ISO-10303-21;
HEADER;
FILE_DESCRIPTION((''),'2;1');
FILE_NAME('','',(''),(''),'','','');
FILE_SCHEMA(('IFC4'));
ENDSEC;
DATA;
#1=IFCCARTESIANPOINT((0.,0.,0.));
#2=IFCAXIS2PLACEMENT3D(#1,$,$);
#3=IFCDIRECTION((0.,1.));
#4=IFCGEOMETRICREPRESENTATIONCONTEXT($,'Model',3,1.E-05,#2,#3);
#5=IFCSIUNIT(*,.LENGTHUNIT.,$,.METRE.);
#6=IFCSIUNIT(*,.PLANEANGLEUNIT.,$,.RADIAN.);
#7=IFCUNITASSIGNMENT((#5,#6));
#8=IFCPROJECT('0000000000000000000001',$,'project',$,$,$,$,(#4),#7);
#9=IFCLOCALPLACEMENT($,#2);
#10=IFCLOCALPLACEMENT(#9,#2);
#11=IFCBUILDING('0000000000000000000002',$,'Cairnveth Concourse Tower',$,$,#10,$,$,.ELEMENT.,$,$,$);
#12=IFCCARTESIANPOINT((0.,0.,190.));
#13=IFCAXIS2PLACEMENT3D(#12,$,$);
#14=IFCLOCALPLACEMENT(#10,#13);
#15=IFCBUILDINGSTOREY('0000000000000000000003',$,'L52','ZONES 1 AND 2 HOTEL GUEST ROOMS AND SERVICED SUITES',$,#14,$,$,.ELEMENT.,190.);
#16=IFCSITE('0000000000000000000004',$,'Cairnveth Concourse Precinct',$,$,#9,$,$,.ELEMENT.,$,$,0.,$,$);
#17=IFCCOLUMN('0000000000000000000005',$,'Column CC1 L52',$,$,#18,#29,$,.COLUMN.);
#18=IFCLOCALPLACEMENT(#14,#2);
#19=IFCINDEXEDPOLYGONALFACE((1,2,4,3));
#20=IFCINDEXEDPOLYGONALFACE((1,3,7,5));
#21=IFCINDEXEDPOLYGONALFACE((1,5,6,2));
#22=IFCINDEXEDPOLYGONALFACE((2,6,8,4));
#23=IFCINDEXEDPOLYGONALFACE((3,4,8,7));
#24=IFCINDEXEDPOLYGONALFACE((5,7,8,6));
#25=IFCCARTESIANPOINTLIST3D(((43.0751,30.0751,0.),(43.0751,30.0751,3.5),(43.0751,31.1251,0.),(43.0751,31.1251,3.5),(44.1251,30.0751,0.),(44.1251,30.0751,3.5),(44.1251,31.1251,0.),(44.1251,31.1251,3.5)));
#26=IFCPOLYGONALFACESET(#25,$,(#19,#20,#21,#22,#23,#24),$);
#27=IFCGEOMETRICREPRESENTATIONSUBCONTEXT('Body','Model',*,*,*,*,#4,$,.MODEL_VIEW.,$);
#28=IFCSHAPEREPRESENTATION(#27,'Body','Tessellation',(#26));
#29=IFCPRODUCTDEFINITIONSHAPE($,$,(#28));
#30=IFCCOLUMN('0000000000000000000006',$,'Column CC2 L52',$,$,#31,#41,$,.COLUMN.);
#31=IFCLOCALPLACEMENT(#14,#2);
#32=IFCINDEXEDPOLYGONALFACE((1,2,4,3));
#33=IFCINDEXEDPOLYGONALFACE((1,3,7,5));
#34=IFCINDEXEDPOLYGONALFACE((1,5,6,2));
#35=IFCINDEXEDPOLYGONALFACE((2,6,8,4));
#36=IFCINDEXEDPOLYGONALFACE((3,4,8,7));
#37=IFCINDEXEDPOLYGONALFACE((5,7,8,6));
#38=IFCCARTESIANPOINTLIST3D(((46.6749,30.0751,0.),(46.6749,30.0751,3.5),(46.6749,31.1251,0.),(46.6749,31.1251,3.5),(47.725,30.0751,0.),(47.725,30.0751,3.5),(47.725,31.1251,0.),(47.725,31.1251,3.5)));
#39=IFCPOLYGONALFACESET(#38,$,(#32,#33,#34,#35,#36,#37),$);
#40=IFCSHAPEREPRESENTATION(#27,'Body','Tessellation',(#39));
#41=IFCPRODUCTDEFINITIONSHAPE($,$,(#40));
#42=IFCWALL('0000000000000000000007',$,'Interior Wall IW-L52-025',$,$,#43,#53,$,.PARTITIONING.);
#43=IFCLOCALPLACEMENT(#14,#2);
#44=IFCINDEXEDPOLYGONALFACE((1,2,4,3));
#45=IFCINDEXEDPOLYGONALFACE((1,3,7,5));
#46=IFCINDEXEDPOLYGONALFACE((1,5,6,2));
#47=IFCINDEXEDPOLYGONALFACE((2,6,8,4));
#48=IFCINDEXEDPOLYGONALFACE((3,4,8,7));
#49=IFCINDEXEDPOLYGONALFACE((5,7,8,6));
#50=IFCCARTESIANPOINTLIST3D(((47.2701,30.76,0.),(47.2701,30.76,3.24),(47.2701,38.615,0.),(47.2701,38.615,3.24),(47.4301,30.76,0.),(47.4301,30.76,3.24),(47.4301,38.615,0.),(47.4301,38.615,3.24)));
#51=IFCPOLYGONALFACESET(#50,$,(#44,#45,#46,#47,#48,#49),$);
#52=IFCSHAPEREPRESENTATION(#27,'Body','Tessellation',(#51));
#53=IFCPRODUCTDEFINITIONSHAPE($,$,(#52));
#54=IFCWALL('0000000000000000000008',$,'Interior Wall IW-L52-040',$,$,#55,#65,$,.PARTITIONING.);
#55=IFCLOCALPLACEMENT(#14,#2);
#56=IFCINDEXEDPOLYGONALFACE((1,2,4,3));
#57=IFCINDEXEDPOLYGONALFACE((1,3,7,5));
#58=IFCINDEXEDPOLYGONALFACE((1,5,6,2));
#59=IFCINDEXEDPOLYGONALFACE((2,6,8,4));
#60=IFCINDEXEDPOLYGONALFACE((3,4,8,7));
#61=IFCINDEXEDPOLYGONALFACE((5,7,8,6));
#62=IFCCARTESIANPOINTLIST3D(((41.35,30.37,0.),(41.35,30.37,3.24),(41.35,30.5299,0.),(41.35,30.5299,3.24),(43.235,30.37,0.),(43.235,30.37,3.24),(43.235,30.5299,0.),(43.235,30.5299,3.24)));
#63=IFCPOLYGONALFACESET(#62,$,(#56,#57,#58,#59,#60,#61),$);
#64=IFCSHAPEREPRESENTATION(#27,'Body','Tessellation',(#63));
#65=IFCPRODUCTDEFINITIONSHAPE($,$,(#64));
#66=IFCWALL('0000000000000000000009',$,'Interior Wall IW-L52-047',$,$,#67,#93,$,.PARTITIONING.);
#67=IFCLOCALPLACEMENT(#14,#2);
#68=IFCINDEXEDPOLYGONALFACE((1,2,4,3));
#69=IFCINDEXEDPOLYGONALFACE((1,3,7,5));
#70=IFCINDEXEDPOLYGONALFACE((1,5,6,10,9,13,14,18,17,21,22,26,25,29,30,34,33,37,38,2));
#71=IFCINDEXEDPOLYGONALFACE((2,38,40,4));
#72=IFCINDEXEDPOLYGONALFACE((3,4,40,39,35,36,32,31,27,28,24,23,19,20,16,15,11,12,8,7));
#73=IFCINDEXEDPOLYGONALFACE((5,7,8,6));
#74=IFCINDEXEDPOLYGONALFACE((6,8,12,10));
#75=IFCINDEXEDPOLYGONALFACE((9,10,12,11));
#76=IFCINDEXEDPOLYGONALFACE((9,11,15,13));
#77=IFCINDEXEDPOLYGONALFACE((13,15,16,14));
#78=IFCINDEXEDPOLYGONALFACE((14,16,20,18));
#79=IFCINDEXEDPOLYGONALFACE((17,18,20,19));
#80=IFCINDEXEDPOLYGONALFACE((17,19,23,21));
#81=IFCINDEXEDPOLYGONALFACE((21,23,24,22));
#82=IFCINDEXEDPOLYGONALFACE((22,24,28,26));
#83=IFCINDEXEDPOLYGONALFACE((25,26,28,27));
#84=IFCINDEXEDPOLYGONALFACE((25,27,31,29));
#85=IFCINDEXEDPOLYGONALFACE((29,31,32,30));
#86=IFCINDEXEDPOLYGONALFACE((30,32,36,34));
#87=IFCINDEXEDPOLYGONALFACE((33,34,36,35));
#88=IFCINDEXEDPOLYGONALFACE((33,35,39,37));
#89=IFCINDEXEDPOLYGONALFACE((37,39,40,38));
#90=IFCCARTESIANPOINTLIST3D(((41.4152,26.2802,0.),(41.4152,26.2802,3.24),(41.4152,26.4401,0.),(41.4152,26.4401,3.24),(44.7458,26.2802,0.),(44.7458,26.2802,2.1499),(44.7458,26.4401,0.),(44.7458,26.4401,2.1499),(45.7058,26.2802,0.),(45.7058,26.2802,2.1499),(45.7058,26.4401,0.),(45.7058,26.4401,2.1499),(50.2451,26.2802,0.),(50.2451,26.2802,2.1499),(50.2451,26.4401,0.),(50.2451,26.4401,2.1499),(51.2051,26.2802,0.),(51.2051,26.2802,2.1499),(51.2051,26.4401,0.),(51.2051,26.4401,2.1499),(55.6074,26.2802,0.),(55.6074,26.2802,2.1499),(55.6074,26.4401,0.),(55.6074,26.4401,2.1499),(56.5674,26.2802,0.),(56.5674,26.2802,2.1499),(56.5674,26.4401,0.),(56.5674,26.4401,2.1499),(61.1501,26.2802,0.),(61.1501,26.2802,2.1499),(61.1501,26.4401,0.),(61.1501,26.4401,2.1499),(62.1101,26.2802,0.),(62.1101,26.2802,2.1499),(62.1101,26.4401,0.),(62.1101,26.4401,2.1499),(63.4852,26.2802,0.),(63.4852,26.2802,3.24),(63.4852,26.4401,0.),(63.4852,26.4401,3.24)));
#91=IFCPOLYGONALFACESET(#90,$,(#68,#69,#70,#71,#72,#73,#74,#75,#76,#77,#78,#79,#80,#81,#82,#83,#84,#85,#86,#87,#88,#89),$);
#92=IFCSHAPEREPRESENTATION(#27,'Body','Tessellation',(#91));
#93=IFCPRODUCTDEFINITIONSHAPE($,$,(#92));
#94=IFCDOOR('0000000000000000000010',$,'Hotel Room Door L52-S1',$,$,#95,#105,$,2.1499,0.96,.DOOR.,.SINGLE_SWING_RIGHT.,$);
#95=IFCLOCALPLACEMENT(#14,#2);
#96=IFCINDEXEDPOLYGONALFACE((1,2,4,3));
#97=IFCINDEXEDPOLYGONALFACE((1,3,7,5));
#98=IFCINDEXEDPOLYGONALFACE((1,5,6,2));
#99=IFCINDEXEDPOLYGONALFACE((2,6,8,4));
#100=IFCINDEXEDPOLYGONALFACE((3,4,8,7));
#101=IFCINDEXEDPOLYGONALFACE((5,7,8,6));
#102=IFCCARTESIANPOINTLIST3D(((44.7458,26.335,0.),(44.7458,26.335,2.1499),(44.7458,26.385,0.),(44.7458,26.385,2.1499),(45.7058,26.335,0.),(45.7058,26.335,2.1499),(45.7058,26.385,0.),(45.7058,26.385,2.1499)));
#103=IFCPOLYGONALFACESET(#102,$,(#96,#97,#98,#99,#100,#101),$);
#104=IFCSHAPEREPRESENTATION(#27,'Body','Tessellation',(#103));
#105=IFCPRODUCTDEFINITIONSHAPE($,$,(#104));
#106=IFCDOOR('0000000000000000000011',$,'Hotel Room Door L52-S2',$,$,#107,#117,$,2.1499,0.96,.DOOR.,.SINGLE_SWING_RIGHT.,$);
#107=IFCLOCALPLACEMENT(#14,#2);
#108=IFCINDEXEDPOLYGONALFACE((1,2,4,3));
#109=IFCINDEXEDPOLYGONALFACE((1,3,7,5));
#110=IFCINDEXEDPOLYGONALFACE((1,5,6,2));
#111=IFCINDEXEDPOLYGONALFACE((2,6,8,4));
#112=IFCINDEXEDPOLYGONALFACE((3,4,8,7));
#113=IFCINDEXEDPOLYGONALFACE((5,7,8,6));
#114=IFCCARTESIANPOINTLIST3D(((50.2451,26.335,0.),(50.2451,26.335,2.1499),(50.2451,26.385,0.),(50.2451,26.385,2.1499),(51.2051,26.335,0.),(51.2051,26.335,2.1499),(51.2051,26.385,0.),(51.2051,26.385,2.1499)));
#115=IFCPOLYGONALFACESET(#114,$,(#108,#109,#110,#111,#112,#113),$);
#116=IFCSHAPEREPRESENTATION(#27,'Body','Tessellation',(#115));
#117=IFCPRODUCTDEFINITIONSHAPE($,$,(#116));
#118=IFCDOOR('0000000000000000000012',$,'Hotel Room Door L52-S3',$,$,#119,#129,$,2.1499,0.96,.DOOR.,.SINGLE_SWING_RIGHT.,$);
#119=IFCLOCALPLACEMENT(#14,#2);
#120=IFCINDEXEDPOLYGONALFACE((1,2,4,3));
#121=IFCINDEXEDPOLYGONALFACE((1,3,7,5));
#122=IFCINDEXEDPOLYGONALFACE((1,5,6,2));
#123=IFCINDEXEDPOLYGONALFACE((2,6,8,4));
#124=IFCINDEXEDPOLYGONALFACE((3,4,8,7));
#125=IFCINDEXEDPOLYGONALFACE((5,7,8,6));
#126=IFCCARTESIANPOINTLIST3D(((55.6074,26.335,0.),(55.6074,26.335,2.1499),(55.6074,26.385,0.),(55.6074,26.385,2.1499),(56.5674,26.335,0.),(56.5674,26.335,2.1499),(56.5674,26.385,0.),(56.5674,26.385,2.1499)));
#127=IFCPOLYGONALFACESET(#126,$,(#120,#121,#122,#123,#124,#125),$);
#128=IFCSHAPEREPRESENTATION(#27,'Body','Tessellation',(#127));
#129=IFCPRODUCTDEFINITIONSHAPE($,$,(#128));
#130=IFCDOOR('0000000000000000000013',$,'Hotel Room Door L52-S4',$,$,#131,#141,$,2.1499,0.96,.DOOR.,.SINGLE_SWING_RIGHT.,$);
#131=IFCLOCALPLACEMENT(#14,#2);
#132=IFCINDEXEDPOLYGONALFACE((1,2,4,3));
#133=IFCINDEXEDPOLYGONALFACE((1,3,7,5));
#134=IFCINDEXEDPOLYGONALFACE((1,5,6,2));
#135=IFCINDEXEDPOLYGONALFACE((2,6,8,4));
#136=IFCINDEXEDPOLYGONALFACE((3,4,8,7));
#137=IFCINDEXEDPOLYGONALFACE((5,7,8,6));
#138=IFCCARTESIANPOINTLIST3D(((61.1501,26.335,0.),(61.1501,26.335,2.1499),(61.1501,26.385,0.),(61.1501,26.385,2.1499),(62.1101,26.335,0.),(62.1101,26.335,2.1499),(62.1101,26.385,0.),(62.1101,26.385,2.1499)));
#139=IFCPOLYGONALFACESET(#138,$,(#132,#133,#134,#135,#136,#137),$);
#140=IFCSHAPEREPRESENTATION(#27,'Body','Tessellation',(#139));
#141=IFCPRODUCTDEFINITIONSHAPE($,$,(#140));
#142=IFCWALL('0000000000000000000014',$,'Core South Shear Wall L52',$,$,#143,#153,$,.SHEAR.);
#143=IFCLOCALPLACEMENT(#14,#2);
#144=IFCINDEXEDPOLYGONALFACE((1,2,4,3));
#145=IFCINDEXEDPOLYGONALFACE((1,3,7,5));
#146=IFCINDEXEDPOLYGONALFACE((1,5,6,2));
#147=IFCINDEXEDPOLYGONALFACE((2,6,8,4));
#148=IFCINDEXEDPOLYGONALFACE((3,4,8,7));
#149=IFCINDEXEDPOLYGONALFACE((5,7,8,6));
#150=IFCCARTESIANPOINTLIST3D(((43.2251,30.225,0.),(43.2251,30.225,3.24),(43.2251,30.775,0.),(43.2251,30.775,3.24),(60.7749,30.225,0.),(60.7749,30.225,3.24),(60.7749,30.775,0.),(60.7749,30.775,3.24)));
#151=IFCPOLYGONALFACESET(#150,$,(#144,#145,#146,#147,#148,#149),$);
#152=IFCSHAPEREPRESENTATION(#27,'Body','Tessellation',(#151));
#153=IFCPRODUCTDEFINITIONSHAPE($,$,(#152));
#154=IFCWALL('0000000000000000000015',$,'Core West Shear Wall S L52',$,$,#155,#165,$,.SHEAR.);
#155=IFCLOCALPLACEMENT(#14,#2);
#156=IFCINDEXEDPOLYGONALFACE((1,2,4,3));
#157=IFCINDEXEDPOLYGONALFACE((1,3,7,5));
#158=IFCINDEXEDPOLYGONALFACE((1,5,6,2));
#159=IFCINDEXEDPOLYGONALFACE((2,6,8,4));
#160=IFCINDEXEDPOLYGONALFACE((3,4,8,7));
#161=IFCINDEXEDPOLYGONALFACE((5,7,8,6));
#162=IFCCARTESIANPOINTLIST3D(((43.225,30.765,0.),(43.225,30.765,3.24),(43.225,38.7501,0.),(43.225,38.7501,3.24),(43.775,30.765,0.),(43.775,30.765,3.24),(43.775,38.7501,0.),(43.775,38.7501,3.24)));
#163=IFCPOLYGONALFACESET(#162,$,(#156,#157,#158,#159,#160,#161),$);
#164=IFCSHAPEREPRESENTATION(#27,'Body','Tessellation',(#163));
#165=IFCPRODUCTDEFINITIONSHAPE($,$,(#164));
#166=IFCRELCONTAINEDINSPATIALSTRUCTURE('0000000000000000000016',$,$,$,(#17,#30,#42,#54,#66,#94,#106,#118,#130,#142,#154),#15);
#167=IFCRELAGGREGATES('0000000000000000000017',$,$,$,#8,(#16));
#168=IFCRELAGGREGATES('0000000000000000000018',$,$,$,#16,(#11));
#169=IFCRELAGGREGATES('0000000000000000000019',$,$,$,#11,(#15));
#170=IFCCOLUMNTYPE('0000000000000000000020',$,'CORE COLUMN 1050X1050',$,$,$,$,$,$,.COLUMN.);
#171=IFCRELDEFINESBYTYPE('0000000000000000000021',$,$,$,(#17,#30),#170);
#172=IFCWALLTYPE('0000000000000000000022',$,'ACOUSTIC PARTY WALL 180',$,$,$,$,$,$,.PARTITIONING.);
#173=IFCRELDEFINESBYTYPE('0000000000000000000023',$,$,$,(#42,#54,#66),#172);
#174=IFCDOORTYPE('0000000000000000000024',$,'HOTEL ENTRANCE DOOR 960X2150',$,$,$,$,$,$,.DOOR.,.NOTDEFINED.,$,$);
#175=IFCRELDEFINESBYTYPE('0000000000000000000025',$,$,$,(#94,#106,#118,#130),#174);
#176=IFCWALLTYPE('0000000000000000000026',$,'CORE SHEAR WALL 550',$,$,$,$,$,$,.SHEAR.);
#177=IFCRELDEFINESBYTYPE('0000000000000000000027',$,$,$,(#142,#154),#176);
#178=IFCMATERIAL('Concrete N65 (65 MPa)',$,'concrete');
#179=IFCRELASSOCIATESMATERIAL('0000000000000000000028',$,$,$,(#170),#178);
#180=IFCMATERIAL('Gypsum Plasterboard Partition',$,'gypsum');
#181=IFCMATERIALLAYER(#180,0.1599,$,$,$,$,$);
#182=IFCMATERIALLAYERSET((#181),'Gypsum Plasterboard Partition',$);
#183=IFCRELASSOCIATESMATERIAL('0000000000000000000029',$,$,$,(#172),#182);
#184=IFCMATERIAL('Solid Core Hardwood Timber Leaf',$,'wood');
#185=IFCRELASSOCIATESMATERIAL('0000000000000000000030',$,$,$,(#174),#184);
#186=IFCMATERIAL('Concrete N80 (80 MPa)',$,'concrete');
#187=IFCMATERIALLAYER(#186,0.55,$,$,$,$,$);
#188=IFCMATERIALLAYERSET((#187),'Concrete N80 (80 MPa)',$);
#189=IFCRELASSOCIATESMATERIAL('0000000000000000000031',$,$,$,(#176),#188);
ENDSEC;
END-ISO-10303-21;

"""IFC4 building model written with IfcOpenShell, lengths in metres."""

from ifc_helpers import new_model, si_unit, direction, frame, frame_2d, origin, origin_2d, place, context, subcontext, project, spatial, rectangle, extrude, material, layer, layer_set, material_profile, profile_set, type_object, element, fill, save


model = new_model("IFC4")

# Units and contexts
model_context = context("Model", 3, precision=1e-05, world=origin(), true_north=direction((0.0, 1.0)))
body_context = subcontext(model_context, "Body", "Model", "MODEL_VIEW")
ifc_project = project(units=[si_unit("LENGTHUNIT", "METRE"), si_unit("PLANEANGLEUNIT", "RADIAN")], contexts=[model_context])

# Site, building, storey
site_placement = place(None, origin())
site = spatial("IfcSite", under=ifc_project, at=site_placement, Name="Cairnveth Concourse Precinct", CompositionType="ELEMENT", RefElevation=0.0)
building_placement = place(site_placement, origin())
building = spatial("IfcBuilding", under=site, at=building_placement, Name="Cairnveth Concourse Tower", CompositionType="ELEMENT")
storey_placement = place(building_placement, frame((0.0, 0.0, 190.0)))
storey = spatial("IfcBuildingStorey", under=building, at=storey_placement, Name="L52", Description="ZONES 1 AND 2 HOTEL GUEST ROOMS AND SERVICED SUITES", CompositionType="ELEMENT", Elevation=190.0)

# Columns
ifc_material_1 = material(Name="Concrete N65 (65 MPa)", Category="concrete")
ifc_material_profile = material_profile(ifc_material_1, rectangle(XDim=1.05, YDim=1.05, at=origin_2d()), Name="RC-COL-1050x1050")
ifc_profile_set = profile_set([ifc_material_profile], Name="Concrete N65 (65 MPa)")
column_type = type_object("IfcColumnType", Name="CORE COLUMN 1050X1050", PredefinedType="COLUMN", material=ifc_profile_set)
for number, where, z_axis, x_axis, name in (
    (1, (43.6001, 30.6001, 0.0), (0.0, 0.0, 1.0), (1.0, 0.0, 0.0), "Column CC1 L52"),
    (2, (47.2, 30.6001, 0.0), (0.0, 0.0, 1.0), (1.0, 0.0, 0.0), "Column CC2 L52"),
):
    element("IfcColumn", number, at=place(storey_placement, frame(where, z_axis=z_axis, x_axis=x_axis)), inside=storey, type_object=column_type, Name=name, PredefinedType="COLUMN", context=body_context, shape_type="SweptSolid", body=[
        extrude(rectangle(XDim=1.05, YDim=1.05, at=origin_2d()), origin(), (0.0, 0.0, 1.0), 3.5),
    ])

# Walls
ifc_material_2 = material(Name="Gypsum Plasterboard Partition", Category="gypsum")
ifc_layer_1 = layer(ifc_material_2, 0.1599)
ifc_layer_set_1 = layer_set([ifc_layer_1], Name="Gypsum Plasterboard Partition")
wall_type_1 = type_object("IfcWallType", Name="ACOUSTIC PARTY WALL 180", PredefinedType="PARTITIONING", material=ifc_layer_set_1)
wall_1_placement = place(storey_placement, frame((47.3501, 30.76, 0.0), z_axis=(0.0, 0.0, 1.0), x_axis=(0.0, 1.0, 0.0)))
element("IfcWall", 3, at=wall_1_placement, inside=storey, type_object=wall_type_1, Name="Interior Wall IW-L52-025", PredefinedType="PARTITIONING", context=body_context, shape_type="SweptSolid", body=[
    extrude(rectangle(XDim=7.855, YDim=0.1599, at=frame_2d((3.9275, 0.0))), origin(), (0.0, 0.0, 1.0), 3.24),
])
wall_2_placement = place(storey_placement, frame((41.3501, 30.45, 0.0), z_axis=(0.0, 0.0, 1.0), x_axis=(1.0, 0.0, 0.0)))
element("IfcWall", 4, at=wall_2_placement, inside=storey, type_object=wall_type_1, Name="Interior Wall IW-L52-040", PredefinedType="PARTITIONING", context=body_context, shape_type="SweptSolid", body=[
    extrude(rectangle(XDim=1.885, YDim=0.1599, at=frame_2d((0.9424, 0.0))), origin(), (0.0, 0.0, 1.0), 3.24),
])

# Wall, openings, doors
wall_3_placement = place(storey_placement, frame((41.415, 26.3601, 0.0), z_axis=(0.0, 0.0, 1.0), x_axis=(1.0, 0.0, 0.0)))
wall_3 = element("IfcWall", 5, at=wall_3_placement, inside=storey, type_object=wall_type_1, Name="Interior Wall IW-L52-047", PredefinedType="PARTITIONING", context=body_context, shape_type="SweptSolid", body=[
    extrude(rectangle(XDim=22.0701, YDim=0.1599, at=frame_2d((11.0352, 0.0))), origin(), (0.0, 0.0, 1.0), 3.24),
])
opening_1_placement = place(wall_3_placement, frame((3.3308, 0.0, 0.0)))
opening_1 = element("IfcOpeningElement", 6, at=opening_1_placement, cuts=wall_3, PredefinedType="OPENING", context=body_context, shape_type="SweptSolid", body=[
    extrude(rectangle(XDim=0.96, YDim=2.1499, at=frame_2d((0.48, 1.075))), frame((0.0, 0.0898, 0.0), z_axis=(0.0, -1.0, 0.0), x_axis=(1.0, 0.0, 0.0)), (0.0, 0.0, 1.0), 0.1799),
])
opening_2_placement = place(wall_3_placement, frame((8.8301, 0.0, 0.0)))
opening_2 = element("IfcOpeningElement", 7, at=opening_2_placement, cuts=wall_3, PredefinedType="OPENING", context=body_context, shape_type="SweptSolid", body=[
    extrude(rectangle(XDim=0.96, YDim=2.1499, at=frame_2d((0.48, 1.075))), frame((0.0, 0.0898, 0.0), z_axis=(0.0, -1.0, 0.0), x_axis=(1.0, 0.0, 0.0)), (0.0, 0.0, 1.0), 0.1799),
])
opening_3_placement = place(wall_3_placement, frame((14.1924, 0.0, 0.0)))
opening_3 = element("IfcOpeningElement", 8, at=opening_3_placement, cuts=wall_3, PredefinedType="OPENING", context=body_context, shape_type="SweptSolid", body=[
    extrude(rectangle(XDim=0.96, YDim=2.1499, at=frame_2d((0.48, 1.075))), frame((0.0, 0.0898, 0.0), z_axis=(0.0, -1.0, 0.0), x_axis=(1.0, 0.0, 0.0)), (0.0, 0.0, 1.0), 0.1799),
])
opening_4_placement = place(wall_3_placement, frame((19.7351, 0.0, 0.0)))
opening_4 = element("IfcOpeningElement", 9, at=opening_4_placement, cuts=wall_3, PredefinedType="OPENING", context=body_context, shape_type="SweptSolid", body=[
    extrude(rectangle(XDim=0.96, YDim=2.1499, at=frame_2d((0.48, 1.075))), frame((0.0, 0.0898, 0.0), z_axis=(0.0, -1.0, 0.0), x_axis=(1.0, 0.0, 0.0)), (0.0, 0.0, 1.0), 0.1799),
])
ifc_material_3 = material(Name="Solid Core Hardwood Timber Leaf", Category="wood")
door_type_1 = type_object("IfcDoorType", Name="HOTEL ENTRANCE DOOR 960X2150", OperationType="NOTDEFINED", PredefinedType="DOOR", material=ifc_material_3)
door_1_placement = place(opening_1_placement, origin())
door_1 = element("IfcDoor", 10, at=door_1_placement, inside=storey, type_object=door_type_1, Name="Hotel Room Door L52-S1", OperationType="SINGLE_SWING_RIGHT", OverallHeight=2.1499, OverallWidth=0.96, PredefinedType="DOOR", context=body_context, shape_type="SweptSolid", body=[
    extrude(rectangle(XDim=0.96, YDim=2.1499, at=frame_2d((0.48, 1.075))), frame((0.0, 0.0249, 0.0), z_axis=(0.0, -1.0, 0.0), x_axis=(1.0, 0.0, 0.0)), (0.0, 0.0, 1.0), 0.05),
])
fill(opening_1, door_1)
door_2_placement = place(opening_2_placement, origin())
door_2 = element("IfcDoor", 11, at=door_2_placement, inside=storey, type_object=door_type_1, Name="Hotel Room Door L52-S2", OperationType="SINGLE_SWING_RIGHT", OverallHeight=2.1499, OverallWidth=0.96, PredefinedType="DOOR", context=body_context, shape_type="SweptSolid", body=[
    extrude(rectangle(XDim=0.96, YDim=2.1499, at=frame_2d((0.48, 1.075))), frame((0.0, 0.0249, 0.0), z_axis=(0.0, -1.0, 0.0), x_axis=(1.0, 0.0, 0.0)), (0.0, 0.0, 1.0), 0.05),
])
fill(opening_2, door_2)
door_3_placement = place(opening_3_placement, origin())
door_3 = element("IfcDoor", 12, at=door_3_placement, inside=storey, type_object=door_type_1, Name="Hotel Room Door L52-S3", OperationType="SINGLE_SWING_RIGHT", OverallHeight=2.1499, OverallWidth=0.96, PredefinedType="DOOR", context=body_context, shape_type="SweptSolid", body=[
    extrude(rectangle(XDim=0.96, YDim=2.1499, at=frame_2d((0.48, 1.075))), frame((0.0, 0.0249, 0.0), z_axis=(0.0, -1.0, 0.0), x_axis=(1.0, 0.0, 0.0)), (0.0, 0.0, 1.0), 0.05),
])
fill(opening_3, door_3)
door_4_placement = place(opening_4_placement, origin())
door_4 = element("IfcDoor", 13, at=door_4_placement, inside=storey, type_object=door_type_1, Name="Hotel Room Door L52-S4", OperationType="SINGLE_SWING_RIGHT", OverallHeight=2.1499, OverallWidth=0.96, PredefinedType="DOOR", context=body_context, shape_type="SweptSolid", body=[
    extrude(rectangle(XDim=0.96, YDim=2.1499, at=frame_2d((0.48, 1.075))), frame((0.0, 0.0249, 0.0), z_axis=(0.0, -1.0, 0.0), x_axis=(1.0, 0.0, 0.0)), (0.0, 0.0, 1.0), 0.05),
])
fill(opening_4, door_4)

# Walls
ifc_material_4 = material(Name="Concrete N80 (80 MPa)", Category="concrete")
ifc_layer_2 = layer(ifc_material_4, 0.55)
ifc_layer_set_2 = layer_set([ifc_layer_2], Name="Concrete N80 (80 MPa)")
wall_type_2 = type_object("IfcWallType", Name="CORE SHEAR WALL 550", PredefinedType="SHEAR", material=ifc_layer_set_2)
wall_4_placement = place(storey_placement, frame((43.2251, 30.5, 0.0), z_axis=(0.0, 0.0, 1.0), x_axis=(1.0, 0.0, 0.0)))
element("IfcWall", 14, at=wall_4_placement, inside=storey, type_object=wall_type_2, Name="Core South Shear Wall L52", PredefinedType="SHEAR", context=body_context, shape_type="SweptSolid", body=[
    extrude(rectangle(XDim=17.5498, YDim=0.55, at=frame_2d((8.7749, 0.0))), origin(), (0.0, 0.0, 1.0), 3.24),
])
wall_5_placement = place(storey_placement, frame((43.5, 30.7649, 0.0), z_axis=(0.0, 0.0, 1.0), x_axis=(0.0, 1.0, 0.0)))
element("IfcWall", 15, at=wall_5_placement, inside=storey, type_object=wall_type_2, Name="Core West Shear Wall S L52", PredefinedType="SHEAR", context=body_context, shape_type="SweptSolid", body=[
    extrude(rectangle(XDim=7.9851, YDim=0.55, at=frame_2d((3.9927, 0.0))), origin(), (0.0, 0.0, 1.0), 3.24),
])

save(model, "model.ifc")
